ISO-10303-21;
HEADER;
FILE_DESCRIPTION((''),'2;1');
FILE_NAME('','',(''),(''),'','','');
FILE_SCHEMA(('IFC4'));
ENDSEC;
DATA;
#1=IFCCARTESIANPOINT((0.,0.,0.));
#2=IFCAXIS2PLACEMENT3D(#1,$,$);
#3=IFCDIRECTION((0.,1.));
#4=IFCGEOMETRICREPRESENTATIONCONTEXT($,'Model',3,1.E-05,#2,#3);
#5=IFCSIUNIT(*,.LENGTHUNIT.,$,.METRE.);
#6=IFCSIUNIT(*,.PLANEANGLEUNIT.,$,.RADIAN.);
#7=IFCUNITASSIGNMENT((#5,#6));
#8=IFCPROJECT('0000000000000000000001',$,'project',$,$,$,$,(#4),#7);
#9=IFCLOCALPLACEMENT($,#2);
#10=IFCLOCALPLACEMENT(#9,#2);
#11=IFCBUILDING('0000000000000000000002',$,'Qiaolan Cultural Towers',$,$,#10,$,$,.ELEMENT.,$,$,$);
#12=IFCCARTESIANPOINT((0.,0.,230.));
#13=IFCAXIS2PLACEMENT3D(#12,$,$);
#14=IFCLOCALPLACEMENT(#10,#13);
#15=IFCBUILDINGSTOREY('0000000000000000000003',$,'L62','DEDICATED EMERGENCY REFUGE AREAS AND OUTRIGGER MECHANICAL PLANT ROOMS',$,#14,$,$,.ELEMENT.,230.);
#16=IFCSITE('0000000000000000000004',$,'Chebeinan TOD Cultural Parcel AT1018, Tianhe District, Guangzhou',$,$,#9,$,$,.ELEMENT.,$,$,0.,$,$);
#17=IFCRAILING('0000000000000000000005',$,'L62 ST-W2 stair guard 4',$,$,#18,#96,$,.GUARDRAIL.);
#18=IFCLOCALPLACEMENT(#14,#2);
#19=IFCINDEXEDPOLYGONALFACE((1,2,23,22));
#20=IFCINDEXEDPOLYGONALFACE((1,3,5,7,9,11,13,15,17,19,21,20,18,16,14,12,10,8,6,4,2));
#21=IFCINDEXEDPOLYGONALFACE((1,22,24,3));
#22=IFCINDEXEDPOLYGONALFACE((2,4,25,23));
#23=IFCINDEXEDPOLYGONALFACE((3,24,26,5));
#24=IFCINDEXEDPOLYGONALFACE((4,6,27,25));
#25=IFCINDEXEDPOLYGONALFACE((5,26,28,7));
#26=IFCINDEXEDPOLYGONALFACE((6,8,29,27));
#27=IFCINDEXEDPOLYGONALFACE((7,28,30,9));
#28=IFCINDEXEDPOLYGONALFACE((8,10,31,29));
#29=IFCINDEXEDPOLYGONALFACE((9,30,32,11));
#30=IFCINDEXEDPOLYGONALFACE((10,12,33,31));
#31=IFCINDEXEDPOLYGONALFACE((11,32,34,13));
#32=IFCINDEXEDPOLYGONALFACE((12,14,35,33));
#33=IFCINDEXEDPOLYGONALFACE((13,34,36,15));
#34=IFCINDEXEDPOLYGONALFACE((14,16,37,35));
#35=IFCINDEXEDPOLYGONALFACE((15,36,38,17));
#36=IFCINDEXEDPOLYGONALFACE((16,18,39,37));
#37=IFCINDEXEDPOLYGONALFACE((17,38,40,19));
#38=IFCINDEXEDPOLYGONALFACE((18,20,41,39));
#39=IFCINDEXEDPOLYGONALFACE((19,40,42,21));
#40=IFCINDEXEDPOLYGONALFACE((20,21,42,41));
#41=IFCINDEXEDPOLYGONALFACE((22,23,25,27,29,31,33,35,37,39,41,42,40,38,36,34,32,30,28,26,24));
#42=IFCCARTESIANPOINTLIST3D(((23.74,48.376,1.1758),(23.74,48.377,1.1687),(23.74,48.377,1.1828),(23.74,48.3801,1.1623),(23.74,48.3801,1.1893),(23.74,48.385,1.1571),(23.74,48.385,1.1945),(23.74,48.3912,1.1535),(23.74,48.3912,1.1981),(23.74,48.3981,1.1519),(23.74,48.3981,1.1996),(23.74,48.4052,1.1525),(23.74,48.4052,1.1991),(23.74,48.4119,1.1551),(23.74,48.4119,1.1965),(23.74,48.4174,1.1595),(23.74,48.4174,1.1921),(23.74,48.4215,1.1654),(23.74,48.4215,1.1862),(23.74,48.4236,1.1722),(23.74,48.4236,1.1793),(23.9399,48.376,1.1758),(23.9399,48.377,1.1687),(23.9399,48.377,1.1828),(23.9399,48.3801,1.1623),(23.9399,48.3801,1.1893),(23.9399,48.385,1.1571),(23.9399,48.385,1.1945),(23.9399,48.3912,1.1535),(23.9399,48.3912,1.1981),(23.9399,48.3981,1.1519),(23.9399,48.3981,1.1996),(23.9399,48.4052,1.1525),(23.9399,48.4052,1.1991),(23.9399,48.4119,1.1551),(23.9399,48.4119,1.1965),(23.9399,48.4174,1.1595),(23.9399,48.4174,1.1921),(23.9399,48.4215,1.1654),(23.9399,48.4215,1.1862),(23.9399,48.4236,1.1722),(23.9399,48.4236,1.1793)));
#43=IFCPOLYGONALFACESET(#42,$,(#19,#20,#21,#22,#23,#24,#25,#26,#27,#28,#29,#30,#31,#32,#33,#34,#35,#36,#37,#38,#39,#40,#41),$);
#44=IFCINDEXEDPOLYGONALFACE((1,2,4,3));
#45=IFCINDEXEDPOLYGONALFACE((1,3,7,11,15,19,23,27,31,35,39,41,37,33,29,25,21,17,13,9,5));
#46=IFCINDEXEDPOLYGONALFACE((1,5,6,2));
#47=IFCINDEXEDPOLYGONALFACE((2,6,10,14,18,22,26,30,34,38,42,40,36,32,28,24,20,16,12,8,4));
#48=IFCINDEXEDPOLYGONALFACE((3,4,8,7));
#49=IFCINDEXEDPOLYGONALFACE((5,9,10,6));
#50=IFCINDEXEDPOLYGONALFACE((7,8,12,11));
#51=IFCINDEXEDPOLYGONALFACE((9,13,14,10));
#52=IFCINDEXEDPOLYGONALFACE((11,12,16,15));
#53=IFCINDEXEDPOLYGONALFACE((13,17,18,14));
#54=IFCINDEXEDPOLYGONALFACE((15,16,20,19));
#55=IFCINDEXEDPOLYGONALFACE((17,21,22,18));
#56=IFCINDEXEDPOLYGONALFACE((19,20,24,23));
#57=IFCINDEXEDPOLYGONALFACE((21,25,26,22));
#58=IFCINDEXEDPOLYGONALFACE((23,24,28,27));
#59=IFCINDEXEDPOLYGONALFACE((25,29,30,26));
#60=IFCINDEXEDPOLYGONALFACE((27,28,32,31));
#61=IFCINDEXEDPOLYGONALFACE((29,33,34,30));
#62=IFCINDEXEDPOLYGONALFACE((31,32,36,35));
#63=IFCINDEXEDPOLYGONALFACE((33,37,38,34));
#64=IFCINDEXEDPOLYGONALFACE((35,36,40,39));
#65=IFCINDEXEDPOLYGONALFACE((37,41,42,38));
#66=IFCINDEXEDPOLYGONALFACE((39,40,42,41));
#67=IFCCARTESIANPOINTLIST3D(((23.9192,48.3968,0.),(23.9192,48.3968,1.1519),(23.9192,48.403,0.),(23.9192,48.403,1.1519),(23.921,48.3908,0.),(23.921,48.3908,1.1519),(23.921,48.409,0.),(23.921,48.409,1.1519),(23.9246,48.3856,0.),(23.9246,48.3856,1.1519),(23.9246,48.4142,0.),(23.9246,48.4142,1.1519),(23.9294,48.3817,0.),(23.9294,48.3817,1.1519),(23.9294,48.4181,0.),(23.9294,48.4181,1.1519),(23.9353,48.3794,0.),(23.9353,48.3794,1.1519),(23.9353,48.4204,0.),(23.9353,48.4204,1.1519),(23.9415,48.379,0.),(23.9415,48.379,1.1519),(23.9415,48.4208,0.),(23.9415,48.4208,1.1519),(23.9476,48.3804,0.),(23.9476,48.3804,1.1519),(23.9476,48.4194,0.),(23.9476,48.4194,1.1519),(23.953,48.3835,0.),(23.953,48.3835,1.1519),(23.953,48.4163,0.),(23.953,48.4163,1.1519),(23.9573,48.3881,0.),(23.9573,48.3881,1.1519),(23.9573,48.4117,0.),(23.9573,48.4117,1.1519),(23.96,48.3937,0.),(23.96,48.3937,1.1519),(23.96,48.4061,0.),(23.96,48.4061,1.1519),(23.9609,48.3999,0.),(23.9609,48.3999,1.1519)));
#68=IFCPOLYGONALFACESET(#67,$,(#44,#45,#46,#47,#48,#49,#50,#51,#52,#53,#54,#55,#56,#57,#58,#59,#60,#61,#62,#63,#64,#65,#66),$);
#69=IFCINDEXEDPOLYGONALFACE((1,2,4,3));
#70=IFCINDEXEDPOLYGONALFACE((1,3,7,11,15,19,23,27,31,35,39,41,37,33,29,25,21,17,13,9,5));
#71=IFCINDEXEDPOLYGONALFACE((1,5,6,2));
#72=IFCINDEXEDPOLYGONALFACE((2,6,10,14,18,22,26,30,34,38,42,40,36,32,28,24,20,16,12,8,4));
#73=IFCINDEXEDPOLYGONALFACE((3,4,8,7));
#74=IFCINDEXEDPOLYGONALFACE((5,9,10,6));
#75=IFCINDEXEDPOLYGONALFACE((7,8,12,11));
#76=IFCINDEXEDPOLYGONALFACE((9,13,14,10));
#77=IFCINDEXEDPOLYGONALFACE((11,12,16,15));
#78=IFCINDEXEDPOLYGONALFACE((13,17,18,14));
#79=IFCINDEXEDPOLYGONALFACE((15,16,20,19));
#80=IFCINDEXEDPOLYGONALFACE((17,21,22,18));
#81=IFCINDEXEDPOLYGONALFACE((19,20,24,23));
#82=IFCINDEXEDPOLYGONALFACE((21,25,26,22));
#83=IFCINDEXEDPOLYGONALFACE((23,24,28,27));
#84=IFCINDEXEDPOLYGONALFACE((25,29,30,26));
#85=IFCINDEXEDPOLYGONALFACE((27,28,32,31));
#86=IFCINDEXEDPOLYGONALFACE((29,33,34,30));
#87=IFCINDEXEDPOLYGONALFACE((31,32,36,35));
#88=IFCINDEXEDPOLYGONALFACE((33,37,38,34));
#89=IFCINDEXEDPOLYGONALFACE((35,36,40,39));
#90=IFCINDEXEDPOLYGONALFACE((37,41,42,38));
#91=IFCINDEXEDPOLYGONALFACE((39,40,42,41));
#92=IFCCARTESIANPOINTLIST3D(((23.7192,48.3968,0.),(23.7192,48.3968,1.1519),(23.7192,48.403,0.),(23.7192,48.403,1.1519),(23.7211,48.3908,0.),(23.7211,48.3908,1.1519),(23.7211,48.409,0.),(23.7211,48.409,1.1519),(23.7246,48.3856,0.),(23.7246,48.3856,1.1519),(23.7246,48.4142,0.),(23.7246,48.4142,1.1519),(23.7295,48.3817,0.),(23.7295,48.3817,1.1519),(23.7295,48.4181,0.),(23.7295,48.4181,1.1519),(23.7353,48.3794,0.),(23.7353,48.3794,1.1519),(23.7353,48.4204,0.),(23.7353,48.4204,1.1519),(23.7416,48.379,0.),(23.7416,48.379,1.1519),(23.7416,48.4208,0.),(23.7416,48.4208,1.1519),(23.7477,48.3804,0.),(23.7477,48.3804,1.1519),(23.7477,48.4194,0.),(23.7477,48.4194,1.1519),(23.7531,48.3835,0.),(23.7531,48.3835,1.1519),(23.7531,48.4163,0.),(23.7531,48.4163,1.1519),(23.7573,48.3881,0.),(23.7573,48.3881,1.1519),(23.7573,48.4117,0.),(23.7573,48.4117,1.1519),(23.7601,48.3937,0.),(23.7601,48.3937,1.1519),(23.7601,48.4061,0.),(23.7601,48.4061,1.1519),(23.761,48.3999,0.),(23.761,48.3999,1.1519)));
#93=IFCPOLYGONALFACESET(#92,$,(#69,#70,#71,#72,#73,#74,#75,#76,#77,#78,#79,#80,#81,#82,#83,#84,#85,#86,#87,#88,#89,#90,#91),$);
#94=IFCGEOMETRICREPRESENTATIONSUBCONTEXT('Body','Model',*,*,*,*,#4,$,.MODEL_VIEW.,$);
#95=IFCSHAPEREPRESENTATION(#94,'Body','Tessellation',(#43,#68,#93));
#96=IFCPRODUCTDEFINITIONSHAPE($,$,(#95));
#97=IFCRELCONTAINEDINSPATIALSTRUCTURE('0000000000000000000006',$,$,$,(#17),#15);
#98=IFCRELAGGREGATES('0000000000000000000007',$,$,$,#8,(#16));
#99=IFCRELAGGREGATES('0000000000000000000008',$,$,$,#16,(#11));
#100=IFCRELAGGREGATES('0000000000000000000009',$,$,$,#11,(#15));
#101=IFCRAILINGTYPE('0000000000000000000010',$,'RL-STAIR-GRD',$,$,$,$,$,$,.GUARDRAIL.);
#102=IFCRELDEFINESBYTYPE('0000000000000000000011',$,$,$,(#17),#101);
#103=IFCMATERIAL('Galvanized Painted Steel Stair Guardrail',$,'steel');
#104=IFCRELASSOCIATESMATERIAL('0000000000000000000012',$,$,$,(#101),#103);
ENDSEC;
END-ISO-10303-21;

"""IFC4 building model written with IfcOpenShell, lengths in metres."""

from ifc_helpers import new_model, si_unit, direction, frame, origin, origin_2d, place, context, subcontext, project, spatial, circle, extrude, material, type_object, element, save


model = new_model("IFC4")

# Units and contexts
model_context = context("Model", 3, precision=1e-05, world=origin(), true_north=direction((0.0, 1.0)))
body_context = subcontext(model_context, "Body", "Model", "MODEL_VIEW")
ifc_project = project(units=[si_unit("LENGTHUNIT", "METRE"), si_unit("PLANEANGLEUNIT", "RADIAN")], contexts=[model_context])

# Site, building, storey
site_placement = place(None, origin())
site = spatial("IfcSite", under=ifc_project, at=site_placement, Name="Chebeinan TOD Cultural Parcel AT1018, Tianhe District, Guangzhou", CompositionType="ELEMENT", RefElevation=0.0)
building_placement = place(site_placement, origin())
building = spatial("IfcBuilding", under=site, at=building_placement, Name="Qiaolan Cultural Towers", CompositionType="ELEMENT")
storey_placement = place(building_placement, frame((0.0, 0.0, 230.0)))
storey = spatial("IfcBuildingStorey", under=building, at=storey_placement, Name="L62", Description="DEDICATED EMERGENCY REFUGE AREAS AND OUTRIGGER MECHANICAL PLANT ROOMS", CompositionType="ELEMENT", Elevation=230.0)

# Railing
ifc_material_1 = material(Name="Galvanized Painted Steel Stair Guardrail", Category="steel")
railing_type_1 = type_object("IfcRailingType", Name="RL-STAIR-GRD", PredefinedType="GUARDRAIL", material=ifc_material_1)
railing_1_placement = place(storey_placement, frame((23.9399, 48.3999, 0.0)))
element("IfcRailing", 1, at=railing_1_placement, inside=storey, type_object=railing_type_1, Name="L62 ST-W2 stair guard 4", PredefinedType="GUARDRAIL", context=body_context, shape_type="SweptSolid", body=[
    extrude(circle(Radius=0.0239, at=origin_2d()), frame((0.0, 0.0, 1.1758), z_axis=(-1.0, 0.0, 0.0), x_axis=(0.0, -1.0, 0.0)), (0.0, 0.0, 1.0), 0.2),
    extrude(circle(Radius=0.021, at=origin_2d()), origin(), (0.0, 0.0, 1.0), 1.1519),
    extrude(circle(Radius=0.021, at=origin_2d()), frame((-0.2, 0.0, 0.0)), (0.0, 0.0, 1.0), 1.1519),
])

save(model, "model.ifc")
